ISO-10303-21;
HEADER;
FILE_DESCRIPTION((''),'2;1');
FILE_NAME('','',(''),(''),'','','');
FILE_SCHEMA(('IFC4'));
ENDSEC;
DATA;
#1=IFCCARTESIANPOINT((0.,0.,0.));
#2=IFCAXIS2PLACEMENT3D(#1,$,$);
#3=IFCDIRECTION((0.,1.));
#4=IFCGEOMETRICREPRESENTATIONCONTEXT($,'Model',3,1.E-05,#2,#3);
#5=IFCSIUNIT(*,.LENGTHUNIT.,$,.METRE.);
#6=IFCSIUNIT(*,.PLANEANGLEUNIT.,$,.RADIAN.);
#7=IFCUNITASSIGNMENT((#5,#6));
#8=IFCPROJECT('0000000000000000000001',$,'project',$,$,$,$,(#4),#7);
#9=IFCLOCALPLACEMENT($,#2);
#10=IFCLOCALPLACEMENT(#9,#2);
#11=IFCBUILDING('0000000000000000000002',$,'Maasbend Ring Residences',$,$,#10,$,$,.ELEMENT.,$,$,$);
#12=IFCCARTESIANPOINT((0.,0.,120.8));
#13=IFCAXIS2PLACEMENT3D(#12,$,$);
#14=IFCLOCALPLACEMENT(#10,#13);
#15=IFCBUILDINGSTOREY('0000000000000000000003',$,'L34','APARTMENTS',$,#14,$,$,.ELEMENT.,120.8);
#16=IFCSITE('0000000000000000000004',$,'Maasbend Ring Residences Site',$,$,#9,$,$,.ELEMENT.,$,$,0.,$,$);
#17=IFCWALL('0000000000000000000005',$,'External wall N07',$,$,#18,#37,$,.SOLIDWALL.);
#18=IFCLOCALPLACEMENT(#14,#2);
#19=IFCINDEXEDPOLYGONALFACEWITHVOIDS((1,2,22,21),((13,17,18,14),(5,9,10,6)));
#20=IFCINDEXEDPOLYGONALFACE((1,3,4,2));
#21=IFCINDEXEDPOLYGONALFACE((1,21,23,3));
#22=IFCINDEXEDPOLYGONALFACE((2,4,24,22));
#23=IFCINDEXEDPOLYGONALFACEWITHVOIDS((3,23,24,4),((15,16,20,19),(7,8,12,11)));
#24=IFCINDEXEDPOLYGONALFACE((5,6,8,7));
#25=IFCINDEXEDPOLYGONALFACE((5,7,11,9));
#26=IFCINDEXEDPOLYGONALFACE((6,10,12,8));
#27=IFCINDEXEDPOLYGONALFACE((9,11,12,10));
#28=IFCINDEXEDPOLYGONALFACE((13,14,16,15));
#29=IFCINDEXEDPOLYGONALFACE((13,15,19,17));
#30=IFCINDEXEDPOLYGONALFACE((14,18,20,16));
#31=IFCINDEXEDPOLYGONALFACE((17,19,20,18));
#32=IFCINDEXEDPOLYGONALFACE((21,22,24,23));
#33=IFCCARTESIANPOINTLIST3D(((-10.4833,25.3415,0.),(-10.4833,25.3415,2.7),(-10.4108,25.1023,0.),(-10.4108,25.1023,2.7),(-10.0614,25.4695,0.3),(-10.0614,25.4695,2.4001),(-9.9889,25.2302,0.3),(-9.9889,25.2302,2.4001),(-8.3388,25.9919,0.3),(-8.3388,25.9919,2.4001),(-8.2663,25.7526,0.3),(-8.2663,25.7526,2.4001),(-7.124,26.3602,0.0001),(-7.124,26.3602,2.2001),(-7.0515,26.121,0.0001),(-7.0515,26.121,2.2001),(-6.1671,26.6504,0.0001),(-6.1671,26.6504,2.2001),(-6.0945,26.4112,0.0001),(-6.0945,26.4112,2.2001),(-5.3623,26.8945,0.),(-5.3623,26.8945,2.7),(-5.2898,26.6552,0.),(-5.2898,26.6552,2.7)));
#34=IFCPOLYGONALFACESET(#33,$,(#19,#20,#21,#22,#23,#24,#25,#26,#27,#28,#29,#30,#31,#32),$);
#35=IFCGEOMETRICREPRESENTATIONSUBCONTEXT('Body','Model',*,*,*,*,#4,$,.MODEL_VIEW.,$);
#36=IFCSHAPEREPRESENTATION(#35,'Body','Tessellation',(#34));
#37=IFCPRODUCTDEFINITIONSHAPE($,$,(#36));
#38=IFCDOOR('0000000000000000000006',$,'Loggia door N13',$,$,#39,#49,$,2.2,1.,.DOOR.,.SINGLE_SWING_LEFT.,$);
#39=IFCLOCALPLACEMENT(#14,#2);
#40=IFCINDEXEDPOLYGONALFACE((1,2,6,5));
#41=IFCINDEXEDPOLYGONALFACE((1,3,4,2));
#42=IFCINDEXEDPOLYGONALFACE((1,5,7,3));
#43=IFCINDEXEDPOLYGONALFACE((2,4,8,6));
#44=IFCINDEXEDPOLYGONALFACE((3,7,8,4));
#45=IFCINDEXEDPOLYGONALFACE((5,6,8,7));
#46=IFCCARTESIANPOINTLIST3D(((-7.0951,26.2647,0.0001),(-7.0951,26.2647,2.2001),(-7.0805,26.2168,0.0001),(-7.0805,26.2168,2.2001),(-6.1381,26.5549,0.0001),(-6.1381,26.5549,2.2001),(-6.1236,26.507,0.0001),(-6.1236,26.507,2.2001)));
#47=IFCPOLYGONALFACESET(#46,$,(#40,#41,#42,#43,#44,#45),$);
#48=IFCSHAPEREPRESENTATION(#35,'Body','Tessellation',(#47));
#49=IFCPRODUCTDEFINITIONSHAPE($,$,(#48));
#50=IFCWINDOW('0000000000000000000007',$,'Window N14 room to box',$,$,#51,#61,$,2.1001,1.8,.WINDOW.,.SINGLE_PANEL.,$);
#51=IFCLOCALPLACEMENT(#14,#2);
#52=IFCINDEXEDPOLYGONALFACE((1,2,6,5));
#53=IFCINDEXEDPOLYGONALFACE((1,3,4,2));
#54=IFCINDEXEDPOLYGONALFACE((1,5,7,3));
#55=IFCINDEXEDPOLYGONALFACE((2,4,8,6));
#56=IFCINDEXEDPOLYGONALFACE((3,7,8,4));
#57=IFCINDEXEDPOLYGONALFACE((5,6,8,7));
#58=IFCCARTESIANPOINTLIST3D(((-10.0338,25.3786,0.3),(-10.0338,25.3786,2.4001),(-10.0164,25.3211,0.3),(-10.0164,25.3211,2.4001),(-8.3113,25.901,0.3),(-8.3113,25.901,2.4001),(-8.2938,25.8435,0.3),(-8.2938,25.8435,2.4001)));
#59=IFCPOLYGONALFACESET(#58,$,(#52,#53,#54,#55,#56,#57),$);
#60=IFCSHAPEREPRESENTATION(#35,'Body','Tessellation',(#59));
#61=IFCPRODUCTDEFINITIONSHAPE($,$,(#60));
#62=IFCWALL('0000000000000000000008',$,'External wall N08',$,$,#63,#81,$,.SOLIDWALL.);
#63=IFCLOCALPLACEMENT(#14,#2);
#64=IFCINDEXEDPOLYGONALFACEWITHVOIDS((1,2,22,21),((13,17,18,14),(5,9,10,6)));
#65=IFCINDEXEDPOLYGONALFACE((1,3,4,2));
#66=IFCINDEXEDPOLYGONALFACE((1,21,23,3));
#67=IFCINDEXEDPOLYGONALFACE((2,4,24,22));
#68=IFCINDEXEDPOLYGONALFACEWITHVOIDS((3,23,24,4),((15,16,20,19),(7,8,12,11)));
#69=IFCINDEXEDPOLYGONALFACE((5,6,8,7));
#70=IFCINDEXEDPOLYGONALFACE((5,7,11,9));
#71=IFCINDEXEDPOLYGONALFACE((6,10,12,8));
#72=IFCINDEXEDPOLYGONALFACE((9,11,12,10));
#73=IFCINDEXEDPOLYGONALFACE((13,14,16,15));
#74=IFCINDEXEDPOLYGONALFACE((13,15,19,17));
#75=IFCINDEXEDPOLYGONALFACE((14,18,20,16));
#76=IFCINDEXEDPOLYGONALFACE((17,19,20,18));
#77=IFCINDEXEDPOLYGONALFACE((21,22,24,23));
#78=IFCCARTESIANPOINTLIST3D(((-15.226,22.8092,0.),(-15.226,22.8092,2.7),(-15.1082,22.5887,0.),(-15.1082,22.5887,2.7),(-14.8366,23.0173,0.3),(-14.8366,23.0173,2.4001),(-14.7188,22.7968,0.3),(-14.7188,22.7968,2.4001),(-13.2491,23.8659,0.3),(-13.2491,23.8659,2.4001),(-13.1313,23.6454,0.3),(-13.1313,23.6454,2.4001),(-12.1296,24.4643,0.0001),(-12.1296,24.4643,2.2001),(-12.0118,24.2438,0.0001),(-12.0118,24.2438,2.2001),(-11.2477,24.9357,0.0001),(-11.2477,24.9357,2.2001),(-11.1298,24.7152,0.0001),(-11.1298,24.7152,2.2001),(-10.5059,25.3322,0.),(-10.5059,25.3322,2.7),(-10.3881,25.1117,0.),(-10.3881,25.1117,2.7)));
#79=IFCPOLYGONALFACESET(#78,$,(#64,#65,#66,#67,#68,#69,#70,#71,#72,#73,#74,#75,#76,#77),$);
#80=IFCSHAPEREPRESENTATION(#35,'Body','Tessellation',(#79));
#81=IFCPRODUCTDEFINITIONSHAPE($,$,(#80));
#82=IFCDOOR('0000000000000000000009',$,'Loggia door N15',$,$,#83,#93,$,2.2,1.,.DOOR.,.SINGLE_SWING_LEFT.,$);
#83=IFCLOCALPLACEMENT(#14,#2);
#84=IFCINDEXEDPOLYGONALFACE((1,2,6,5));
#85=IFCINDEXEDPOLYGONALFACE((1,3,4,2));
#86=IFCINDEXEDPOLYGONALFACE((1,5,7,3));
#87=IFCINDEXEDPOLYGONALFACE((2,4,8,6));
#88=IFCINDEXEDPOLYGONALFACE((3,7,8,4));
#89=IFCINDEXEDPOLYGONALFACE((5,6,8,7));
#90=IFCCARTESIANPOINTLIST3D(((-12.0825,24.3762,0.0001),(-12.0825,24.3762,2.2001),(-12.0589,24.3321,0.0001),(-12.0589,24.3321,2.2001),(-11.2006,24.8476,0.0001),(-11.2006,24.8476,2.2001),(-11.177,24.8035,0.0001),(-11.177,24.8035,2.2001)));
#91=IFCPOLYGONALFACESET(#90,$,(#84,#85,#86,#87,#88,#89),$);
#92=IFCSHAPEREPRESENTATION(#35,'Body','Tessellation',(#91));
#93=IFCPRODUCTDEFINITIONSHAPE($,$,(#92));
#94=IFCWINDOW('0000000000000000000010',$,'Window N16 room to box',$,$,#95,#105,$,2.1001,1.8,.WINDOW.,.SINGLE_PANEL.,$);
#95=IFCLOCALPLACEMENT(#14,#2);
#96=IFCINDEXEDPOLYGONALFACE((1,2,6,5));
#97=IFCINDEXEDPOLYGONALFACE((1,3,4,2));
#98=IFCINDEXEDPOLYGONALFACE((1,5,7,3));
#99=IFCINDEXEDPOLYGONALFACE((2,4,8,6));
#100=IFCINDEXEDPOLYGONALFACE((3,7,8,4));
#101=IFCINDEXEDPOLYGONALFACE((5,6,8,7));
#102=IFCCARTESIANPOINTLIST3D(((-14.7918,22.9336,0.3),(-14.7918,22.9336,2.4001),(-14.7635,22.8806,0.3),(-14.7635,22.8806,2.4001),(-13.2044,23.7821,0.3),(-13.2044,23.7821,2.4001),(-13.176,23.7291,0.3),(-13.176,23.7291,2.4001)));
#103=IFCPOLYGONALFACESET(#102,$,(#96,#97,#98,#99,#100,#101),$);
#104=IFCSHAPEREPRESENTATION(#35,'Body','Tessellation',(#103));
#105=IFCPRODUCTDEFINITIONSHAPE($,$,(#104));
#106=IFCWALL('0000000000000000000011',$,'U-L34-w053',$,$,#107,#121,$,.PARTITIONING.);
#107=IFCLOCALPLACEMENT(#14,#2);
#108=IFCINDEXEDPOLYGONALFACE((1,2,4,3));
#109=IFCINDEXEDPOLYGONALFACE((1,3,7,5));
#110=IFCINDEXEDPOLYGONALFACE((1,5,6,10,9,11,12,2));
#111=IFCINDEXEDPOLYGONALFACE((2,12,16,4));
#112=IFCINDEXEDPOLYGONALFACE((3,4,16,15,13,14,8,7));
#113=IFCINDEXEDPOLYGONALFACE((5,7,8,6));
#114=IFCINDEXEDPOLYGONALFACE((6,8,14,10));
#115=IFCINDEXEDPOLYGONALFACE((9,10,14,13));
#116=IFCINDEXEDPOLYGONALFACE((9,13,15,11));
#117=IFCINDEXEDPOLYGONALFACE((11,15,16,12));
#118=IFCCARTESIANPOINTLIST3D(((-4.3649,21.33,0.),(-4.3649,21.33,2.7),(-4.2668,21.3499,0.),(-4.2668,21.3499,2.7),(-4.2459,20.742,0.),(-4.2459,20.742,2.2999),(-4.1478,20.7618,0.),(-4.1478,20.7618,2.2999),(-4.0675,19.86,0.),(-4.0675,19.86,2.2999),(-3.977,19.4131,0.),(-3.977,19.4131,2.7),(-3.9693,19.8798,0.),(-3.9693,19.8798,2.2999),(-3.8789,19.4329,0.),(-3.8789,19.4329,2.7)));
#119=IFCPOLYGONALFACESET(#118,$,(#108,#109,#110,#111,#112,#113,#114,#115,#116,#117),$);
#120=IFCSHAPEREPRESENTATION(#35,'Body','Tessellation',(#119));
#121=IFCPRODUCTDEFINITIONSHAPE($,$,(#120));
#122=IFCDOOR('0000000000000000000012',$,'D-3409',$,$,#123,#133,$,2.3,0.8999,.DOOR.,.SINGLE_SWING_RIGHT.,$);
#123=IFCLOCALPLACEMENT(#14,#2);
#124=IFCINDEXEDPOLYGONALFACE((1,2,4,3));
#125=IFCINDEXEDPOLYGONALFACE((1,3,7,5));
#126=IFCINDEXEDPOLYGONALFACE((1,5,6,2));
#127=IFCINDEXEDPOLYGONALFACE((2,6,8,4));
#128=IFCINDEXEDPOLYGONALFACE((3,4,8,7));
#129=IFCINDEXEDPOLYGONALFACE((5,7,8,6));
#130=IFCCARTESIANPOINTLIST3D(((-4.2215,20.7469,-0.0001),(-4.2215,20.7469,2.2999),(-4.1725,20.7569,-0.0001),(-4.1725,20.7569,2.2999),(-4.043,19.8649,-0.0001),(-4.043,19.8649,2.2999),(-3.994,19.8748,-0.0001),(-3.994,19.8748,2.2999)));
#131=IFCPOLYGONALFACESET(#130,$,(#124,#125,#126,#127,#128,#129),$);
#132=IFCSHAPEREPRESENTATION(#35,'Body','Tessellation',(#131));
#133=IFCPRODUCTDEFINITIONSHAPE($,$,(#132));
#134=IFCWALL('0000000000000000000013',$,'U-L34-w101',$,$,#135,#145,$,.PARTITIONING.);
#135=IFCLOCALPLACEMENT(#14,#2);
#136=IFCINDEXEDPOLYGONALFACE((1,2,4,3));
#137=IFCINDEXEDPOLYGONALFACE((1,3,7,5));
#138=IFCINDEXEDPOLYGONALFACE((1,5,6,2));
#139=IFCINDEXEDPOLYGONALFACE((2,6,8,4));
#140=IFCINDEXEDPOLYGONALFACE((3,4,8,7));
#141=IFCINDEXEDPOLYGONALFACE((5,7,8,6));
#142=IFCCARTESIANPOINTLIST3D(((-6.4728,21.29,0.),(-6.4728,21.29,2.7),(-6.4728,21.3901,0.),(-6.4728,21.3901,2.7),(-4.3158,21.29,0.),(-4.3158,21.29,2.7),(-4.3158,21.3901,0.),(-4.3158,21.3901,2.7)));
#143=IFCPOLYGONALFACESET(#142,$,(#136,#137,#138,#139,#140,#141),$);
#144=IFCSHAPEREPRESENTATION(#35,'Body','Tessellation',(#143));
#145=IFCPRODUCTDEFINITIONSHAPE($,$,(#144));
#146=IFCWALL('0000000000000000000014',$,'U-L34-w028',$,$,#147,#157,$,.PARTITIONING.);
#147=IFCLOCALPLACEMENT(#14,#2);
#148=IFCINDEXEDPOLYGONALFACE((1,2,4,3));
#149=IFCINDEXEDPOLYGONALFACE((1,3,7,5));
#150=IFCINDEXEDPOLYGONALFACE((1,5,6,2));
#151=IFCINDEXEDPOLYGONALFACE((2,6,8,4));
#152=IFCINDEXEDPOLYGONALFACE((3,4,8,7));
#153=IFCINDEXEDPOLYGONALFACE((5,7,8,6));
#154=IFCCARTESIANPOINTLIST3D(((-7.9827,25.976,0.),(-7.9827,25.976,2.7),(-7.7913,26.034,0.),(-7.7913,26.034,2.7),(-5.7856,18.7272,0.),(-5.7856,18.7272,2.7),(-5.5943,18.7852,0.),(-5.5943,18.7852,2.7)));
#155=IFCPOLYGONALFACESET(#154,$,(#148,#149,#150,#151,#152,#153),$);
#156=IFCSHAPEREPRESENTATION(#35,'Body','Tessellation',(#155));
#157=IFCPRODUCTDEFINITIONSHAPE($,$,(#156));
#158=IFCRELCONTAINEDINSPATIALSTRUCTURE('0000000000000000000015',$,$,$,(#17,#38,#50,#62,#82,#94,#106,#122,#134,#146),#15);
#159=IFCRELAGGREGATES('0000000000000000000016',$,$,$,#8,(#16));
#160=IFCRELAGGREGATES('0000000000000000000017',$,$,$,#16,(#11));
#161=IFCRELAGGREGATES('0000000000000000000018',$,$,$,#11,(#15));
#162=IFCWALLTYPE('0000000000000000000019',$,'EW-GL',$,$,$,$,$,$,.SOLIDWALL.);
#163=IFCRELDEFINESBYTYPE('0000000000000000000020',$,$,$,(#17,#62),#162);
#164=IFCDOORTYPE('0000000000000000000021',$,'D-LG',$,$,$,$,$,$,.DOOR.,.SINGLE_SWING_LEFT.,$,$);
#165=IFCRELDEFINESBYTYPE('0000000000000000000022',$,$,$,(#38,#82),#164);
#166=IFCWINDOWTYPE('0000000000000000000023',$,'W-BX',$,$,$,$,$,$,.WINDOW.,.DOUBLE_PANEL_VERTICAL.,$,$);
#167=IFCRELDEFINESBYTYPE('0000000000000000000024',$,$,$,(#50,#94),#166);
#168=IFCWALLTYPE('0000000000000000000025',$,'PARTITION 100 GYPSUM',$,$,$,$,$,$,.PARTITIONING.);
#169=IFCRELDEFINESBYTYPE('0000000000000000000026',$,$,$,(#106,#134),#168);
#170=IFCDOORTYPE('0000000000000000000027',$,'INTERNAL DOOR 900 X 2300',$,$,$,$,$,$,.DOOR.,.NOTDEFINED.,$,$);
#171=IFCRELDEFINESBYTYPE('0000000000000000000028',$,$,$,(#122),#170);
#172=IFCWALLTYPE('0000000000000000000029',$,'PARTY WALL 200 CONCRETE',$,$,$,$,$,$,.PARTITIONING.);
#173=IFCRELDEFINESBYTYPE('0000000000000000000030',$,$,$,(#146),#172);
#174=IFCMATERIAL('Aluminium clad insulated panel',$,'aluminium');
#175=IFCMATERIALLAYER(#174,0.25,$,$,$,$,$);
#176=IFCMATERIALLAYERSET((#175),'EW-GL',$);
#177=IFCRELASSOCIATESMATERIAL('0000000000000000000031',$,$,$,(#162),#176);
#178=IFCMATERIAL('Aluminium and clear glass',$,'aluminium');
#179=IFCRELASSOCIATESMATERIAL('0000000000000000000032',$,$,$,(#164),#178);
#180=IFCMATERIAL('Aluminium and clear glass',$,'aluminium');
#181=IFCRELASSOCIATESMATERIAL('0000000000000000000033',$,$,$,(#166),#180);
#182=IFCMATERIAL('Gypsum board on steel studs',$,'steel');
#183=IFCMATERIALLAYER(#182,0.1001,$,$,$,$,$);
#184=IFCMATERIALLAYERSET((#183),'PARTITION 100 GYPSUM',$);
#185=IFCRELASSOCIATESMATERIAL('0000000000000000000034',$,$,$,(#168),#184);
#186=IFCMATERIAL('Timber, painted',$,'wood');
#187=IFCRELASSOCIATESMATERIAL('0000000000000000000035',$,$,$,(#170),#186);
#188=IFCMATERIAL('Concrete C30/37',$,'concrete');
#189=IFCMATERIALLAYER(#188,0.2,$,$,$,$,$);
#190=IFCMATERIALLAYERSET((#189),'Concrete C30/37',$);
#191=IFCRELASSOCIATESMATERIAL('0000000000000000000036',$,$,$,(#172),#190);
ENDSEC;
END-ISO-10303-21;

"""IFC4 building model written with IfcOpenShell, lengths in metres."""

from ifc_helpers import new_model, si_unit, direction, frame, frame_2d, origin, place, context, subcontext, project, spatial, rectangle, extrude, material, layer, layer_set, type_object, element, fill, save


model = new_model("IFC4")

# Units and contexts
model_context = context("Model", 3, precision=1e-05, world=origin(), true_north=direction((0.0, 1.0)))
body_context = subcontext(model_context, "Body", "Model", "MODEL_VIEW")
ifc_project = project(units=[si_unit("LENGTHUNIT", "METRE"), si_unit("PLANEANGLEUNIT", "RADIAN")], contexts=[model_context])

# Site, building, storey
site_placement = place(None, origin())
site = spatial("IfcSite", under=ifc_project, at=site_placement, Name="Maasbend Ring Residences Site", CompositionType="ELEMENT", RefElevation=0.0)
building_placement = place(site_placement, origin())
building = spatial("IfcBuilding", under=site, at=building_placement, Name="Maasbend Ring Residences", CompositionType="ELEMENT")
storey_placement = place(building_placement, frame((0.0, 0.0, 120.8)))
storey = spatial("IfcBuildingStorey", under=building, at=storey_placement, Name="L34", Description="APARTMENTS", CompositionType="ELEMENT", Elevation=120.8)

# Walls, openings, doors, windows
ifc_material_1 = material(Name="Aluminium clad insulated panel", Category="aluminium")
ifc_layer_1 = layer(ifc_material_1, 0.25)
ifc_layer_set_1 = layer_set([ifc_layer_1], Name="EW-GL")
wall_type_1 = type_object("IfcWallType", Name="EW-GL", PredefinedType="SOLIDWALL", material=ifc_layer_set_1)
wall_1_placement = place(storey_placement, frame((-5.3259, 26.7749, 0.0), z_axis=(0.0, 0.0, 1.0), x_axis=(-0.956966, -0.290201, 0.0)))
wall_1 = element("IfcWall", 1, at=wall_1_placement, inside=storey, type_object=wall_type_1, Name="External wall N07", PredefinedType="SOLIDWALL", context=body_context, shape_type="SweptSolid", body=[
    extrude(rectangle(XDim=5.3513, YDim=0.25, at=frame_2d((2.6758, 0.0))), origin(), (0.0, 0.0, 1.0), 2.7),
])
opening_1_placement = place(wall_1_placement, frame((0.8411, 0.0, 0.0)))
opening_1 = element("IfcOpeningElement", 2, at=opening_1_placement, cuts=wall_1, PredefinedType="OPENING", context=body_context, shape_type="SweptSolid", body=[
    extrude(rectangle(XDim=1.0, YDim=2.2, at=frame_2d((0.5, 1.1001))), frame((0.0, 0.135, 0.0), z_axis=(0.0, -1.0, 0.0), x_axis=(1.0, 0.0, 0.0)), (0.0, 0.0, 1.0), 0.27),
])
opening_2_placement = place(wall_1_placement, frame((3.1106, 0.0, 0.3)))
opening_2 = element("IfcOpeningElement", 3, at=opening_2_placement, cuts=wall_1, PredefinedType="OPENING", context=body_context, shape_type="SweptSolid", body=[
    extrude(rectangle(XDim=1.8, YDim=2.1001, at=frame_2d((0.8999, 1.05))), frame((0.0, 0.135, 0.0), z_axis=(0.0, -1.0, 0.0), x_axis=(1.0, 0.0, 0.0)), (0.0, 0.0, 1.0), 0.27),
])
ifc_material_2 = material(Name="Aluminium and clear glass", Category="aluminium")
door_type_1 = type_object("IfcDoorType", Name="D-LG", OperationType="SINGLE_SWING_LEFT", PredefinedType="DOOR", material=ifc_material_2)
door_1_placement = place(opening_1_placement, origin())
door_1 = element("IfcDoor", 4, at=door_1_placement, inside=storey, type_object=door_type_1, Name="Loggia door N13", OperationType="SINGLE_SWING_LEFT", OverallHeight=2.2, OverallWidth=1.0, PredefinedType="DOOR", context=body_context, shape_type="SweptSolid", body=[
    extrude(rectangle(XDim=1.0, YDim=2.2, at=frame_2d((0.5, 1.1001))), frame((0.0, 0.0249, 0.0), z_axis=(0.0, -1.0, 0.0), x_axis=(1.0, 0.0, 0.0)), (0.0, 0.0, 1.0), 0.05),
])
fill(opening_1, door_1)
ifc_material_3 = material(Name="Aluminium and clear glass", Category="aluminium")
window_type_1 = type_object("IfcWindowType", Name="W-BX", PartitioningType="DOUBLE_PANEL_VERTICAL", PredefinedType="WINDOW", material=ifc_material_3)
window_1_placement = place(opening_2_placement, origin())
window_1 = element("IfcWindow", 5, at=window_1_placement, inside=storey, type_object=window_type_1, Name="Window N14 room to box", OverallHeight=2.1001, OverallWidth=1.8, PartitioningType="SINGLE_PANEL", PredefinedType="WINDOW", context=body_context, shape_type="SweptSolid", body=[
    extrude(rectangle(XDim=1.8, YDim=2.1001, at=frame_2d((0.8999, 1.05))), frame((0.0, 0.03, 0.0), z_axis=(0.0, -1.0, 0.0), x_axis=(1.0, 0.0, 0.0)), (0.0, 0.0, 1.0), 0.0601),
])
fill(opening_2, window_1)
wall_2_placement = place(storey_placement, frame((-10.447, 25.2219, 0.0), z_axis=(0.0, 0.0, 1.0), x_axis=(-0.881916, -0.471407, 0.0)))
wall_2 = element("IfcWall", 6, at=wall_2_placement, inside=storey, type_object=wall_type_1, Name="External wall N08", PredefinedType="SOLIDWALL", context=body_context, shape_type="SweptSolid", body=[
    extrude(rectangle(XDim=5.3521, YDim=0.25, at=frame_2d((2.676, 0.0))), origin(), (0.0, 0.0, 1.0), 2.7),
])
opening_3_placement = place(wall_2_placement, frame((0.8411, 0.0, 0.0)))
opening_3 = element("IfcOpeningElement", 7, at=opening_3_placement, cuts=wall_2, PredefinedType="OPENING", context=body_context, shape_type="SweptSolid", body=[
    extrude(rectangle(XDim=1.0, YDim=2.2, at=frame_2d((0.5, 1.1001))), frame((0.0, 0.135, 0.0), z_axis=(0.0, -1.0, 0.0), x_axis=(1.0, 0.0, 0.0)), (0.0, 0.0, 1.0), 0.27),
])
opening_4_placement = place(wall_2_placement, frame((3.1106, 0.0, 0.3)))
opening_4 = element("IfcOpeningElement", 8, at=opening_4_placement, cuts=wall_2, PredefinedType="OPENING", context=body_context, shape_type="SweptSolid", body=[
    extrude(rectangle(XDim=1.8, YDim=2.1001, at=frame_2d((0.8999, 1.05))), frame((0.0, 0.135, 0.0), z_axis=(0.0, -1.0, 0.0), x_axis=(1.0, 0.0, 0.0)), (0.0, 0.0, 1.0), 0.27),
])
door_2_placement = place(opening_3_placement, origin())
door_2 = element("IfcDoor", 9, at=door_2_placement, inside=storey, type_object=door_type_1, Name="Loggia door N15", OperationType="SINGLE_SWING_LEFT", OverallHeight=2.2, OverallWidth=1.0, PredefinedType="DOOR", context=body_context, shape_type="SweptSolid", body=[
    extrude(rectangle(XDim=1.0, YDim=2.2, at=frame_2d((0.5, 1.1001))), frame((0.0, 0.0249, 0.0), z_axis=(0.0, -1.0, 0.0), x_axis=(1.0, 0.0, 0.0)), (0.0, 0.0, 1.0), 0.05),
])
fill(opening_3, door_2)
window_2_placement = place(opening_4_placement, origin())
window_2 = element("IfcWindow", 10, at=window_2_placement, inside=storey, type_object=window_type_1, Name="Window N16 room to box", OverallHeight=2.1001, OverallWidth=1.8, PartitioningType="SINGLE_PANEL", PredefinedType="WINDOW", context=body_context, shape_type="SweptSolid", body=[
    extrude(rectangle(XDim=1.8, YDim=2.1001, at=frame_2d((0.8999, 1.05))), frame((0.0, 0.03, 0.0), z_axis=(0.0, -1.0, 0.0), x_axis=(1.0, 0.0, 0.0)), (0.0, 0.0, 1.0), 0.0601),
])
fill(opening_4, window_2)

# Wall, opening, door
ifc_material_4 = material(Name="Gypsum board on steel studs", Category="steel")
ifc_layer_2 = layer(ifc_material_4, 0.1001)
ifc_layer_set_2 = layer_set([ifc_layer_2], Name="PARTITION 100 GYPSUM")
wall_type_2 = type_object("IfcWallType", Name="PARTITION 100 GYPSUM", PredefinedType="PARTITIONING", material=ifc_layer_set_2)
wall_3_placement = place(storey_placement, frame((-4.3159, 21.3401, 0.0), z_axis=(0.0, 0.0, 1.0), x_axis=(0.198348, -0.980132, 0.0)))
wall_3 = element("IfcWall", 11, at=wall_3_placement, inside=storey, type_object=wall_type_2, Name="U-L34-w053", PredefinedType="PARTITIONING", context=body_context, shape_type="SweptSolid", body=[
    extrude(rectangle(XDim=1.9558, YDim=0.1001, at=frame_2d((0.978, 0.0))), origin(), (0.0, 0.0, 1.0), 2.7),
])
opening_5_placement = place(wall_3_placement, frame((0.6001, 0.0, 0.0)))
opening_5 = element("IfcOpeningElement", 12, at=opening_5_placement, cuts=wall_3, PredefinedType="OPENING", context=body_context, shape_type="SweptSolid", body=[
    extrude(rectangle(XDim=0.8999, YDim=2.3, at=frame_2d((0.45, 1.1499))), frame((0.0, 0.0601, 0.0), z_axis=(0.0, -1.0, 0.0), x_axis=(1.0, 0.0, 0.0)), (0.0, 0.0, 1.0), 0.1201),
])
ifc_material_5 = material(Name="Timber, painted", Category="wood")
door_type_2 = type_object("IfcDoorType", Name="INTERNAL DOOR 900 X 2300", OperationType="NOTDEFINED", PredefinedType="DOOR", material=ifc_material_5)
door_3_placement = place(opening_5_placement, origin())
door_3 = element("IfcDoor", 13, at=door_3_placement, inside=storey, type_object=door_type_2, Name="D-3409", OperationType="SINGLE_SWING_RIGHT", OverallHeight=2.3, OverallWidth=0.8999, PredefinedType="DOOR", context=body_context, shape_type="SweptSolid", body=[
    extrude(rectangle(XDim=0.8999, YDim=2.3, at=frame_2d((0.45, 1.1499))), frame((0.0, 0.0249, 0.0), z_axis=(0.0, -1.0, 0.0), x_axis=(1.0, 0.0, 0.0)), (0.0, 0.0, 1.0), 0.05),
])
fill(opening_5, door_3)

# Walls
wall_4_placement = place(storey_placement, frame((-6.4729, 21.3401, 0.0), z_axis=(0.0, 0.0, 1.0), x_axis=(1.0, 0.0, 0.0)))
element("IfcWall", 14, at=wall_4_placement, inside=storey, type_object=wall_type_2, Name="U-L34-w101", PredefinedType="PARTITIONING", context=body_context, shape_type="SweptSolid", body=[
    extrude(rectangle(XDim=2.157, YDim=0.1001, at=frame_2d((1.0786, 0.0))), origin(), (0.0, 0.0, 1.0), 2.7),
])
ifc_material_6 = material(Name="Concrete C30/37", Category="concrete")
ifc_layer_3 = layer(ifc_material_6, 0.2)
ifc_layer_set_3 = layer_set([ifc_layer_3], Name="Concrete C30/37")
wall_type_3 = type_object("IfcWallType", Name="PARTY WALL 200 CONCRETE", PredefinedType="PARTITIONING", material=ifc_layer_set_3)
wall_5_placement = place(storey_placement, frame((-7.887, 26.0049, 0.0), z_axis=(0.0, 0.0, 1.0), x_axis=(0.290058, -0.957009, 0.0)))
element("IfcWall", 15, at=wall_5_placement, inside=storey, type_object=wall_type_3, Name="U-L34-w028", PredefinedType="PARTITIONING", context=body_context, shape_type="SweptSolid", body=[
    extrude(rectangle(XDim=7.5745, YDim=0.2, at=frame_2d((3.7871, 0.0))), origin(), (0.0, 0.0, 1.0), 2.7),
])

save(model, "model.ifc")
